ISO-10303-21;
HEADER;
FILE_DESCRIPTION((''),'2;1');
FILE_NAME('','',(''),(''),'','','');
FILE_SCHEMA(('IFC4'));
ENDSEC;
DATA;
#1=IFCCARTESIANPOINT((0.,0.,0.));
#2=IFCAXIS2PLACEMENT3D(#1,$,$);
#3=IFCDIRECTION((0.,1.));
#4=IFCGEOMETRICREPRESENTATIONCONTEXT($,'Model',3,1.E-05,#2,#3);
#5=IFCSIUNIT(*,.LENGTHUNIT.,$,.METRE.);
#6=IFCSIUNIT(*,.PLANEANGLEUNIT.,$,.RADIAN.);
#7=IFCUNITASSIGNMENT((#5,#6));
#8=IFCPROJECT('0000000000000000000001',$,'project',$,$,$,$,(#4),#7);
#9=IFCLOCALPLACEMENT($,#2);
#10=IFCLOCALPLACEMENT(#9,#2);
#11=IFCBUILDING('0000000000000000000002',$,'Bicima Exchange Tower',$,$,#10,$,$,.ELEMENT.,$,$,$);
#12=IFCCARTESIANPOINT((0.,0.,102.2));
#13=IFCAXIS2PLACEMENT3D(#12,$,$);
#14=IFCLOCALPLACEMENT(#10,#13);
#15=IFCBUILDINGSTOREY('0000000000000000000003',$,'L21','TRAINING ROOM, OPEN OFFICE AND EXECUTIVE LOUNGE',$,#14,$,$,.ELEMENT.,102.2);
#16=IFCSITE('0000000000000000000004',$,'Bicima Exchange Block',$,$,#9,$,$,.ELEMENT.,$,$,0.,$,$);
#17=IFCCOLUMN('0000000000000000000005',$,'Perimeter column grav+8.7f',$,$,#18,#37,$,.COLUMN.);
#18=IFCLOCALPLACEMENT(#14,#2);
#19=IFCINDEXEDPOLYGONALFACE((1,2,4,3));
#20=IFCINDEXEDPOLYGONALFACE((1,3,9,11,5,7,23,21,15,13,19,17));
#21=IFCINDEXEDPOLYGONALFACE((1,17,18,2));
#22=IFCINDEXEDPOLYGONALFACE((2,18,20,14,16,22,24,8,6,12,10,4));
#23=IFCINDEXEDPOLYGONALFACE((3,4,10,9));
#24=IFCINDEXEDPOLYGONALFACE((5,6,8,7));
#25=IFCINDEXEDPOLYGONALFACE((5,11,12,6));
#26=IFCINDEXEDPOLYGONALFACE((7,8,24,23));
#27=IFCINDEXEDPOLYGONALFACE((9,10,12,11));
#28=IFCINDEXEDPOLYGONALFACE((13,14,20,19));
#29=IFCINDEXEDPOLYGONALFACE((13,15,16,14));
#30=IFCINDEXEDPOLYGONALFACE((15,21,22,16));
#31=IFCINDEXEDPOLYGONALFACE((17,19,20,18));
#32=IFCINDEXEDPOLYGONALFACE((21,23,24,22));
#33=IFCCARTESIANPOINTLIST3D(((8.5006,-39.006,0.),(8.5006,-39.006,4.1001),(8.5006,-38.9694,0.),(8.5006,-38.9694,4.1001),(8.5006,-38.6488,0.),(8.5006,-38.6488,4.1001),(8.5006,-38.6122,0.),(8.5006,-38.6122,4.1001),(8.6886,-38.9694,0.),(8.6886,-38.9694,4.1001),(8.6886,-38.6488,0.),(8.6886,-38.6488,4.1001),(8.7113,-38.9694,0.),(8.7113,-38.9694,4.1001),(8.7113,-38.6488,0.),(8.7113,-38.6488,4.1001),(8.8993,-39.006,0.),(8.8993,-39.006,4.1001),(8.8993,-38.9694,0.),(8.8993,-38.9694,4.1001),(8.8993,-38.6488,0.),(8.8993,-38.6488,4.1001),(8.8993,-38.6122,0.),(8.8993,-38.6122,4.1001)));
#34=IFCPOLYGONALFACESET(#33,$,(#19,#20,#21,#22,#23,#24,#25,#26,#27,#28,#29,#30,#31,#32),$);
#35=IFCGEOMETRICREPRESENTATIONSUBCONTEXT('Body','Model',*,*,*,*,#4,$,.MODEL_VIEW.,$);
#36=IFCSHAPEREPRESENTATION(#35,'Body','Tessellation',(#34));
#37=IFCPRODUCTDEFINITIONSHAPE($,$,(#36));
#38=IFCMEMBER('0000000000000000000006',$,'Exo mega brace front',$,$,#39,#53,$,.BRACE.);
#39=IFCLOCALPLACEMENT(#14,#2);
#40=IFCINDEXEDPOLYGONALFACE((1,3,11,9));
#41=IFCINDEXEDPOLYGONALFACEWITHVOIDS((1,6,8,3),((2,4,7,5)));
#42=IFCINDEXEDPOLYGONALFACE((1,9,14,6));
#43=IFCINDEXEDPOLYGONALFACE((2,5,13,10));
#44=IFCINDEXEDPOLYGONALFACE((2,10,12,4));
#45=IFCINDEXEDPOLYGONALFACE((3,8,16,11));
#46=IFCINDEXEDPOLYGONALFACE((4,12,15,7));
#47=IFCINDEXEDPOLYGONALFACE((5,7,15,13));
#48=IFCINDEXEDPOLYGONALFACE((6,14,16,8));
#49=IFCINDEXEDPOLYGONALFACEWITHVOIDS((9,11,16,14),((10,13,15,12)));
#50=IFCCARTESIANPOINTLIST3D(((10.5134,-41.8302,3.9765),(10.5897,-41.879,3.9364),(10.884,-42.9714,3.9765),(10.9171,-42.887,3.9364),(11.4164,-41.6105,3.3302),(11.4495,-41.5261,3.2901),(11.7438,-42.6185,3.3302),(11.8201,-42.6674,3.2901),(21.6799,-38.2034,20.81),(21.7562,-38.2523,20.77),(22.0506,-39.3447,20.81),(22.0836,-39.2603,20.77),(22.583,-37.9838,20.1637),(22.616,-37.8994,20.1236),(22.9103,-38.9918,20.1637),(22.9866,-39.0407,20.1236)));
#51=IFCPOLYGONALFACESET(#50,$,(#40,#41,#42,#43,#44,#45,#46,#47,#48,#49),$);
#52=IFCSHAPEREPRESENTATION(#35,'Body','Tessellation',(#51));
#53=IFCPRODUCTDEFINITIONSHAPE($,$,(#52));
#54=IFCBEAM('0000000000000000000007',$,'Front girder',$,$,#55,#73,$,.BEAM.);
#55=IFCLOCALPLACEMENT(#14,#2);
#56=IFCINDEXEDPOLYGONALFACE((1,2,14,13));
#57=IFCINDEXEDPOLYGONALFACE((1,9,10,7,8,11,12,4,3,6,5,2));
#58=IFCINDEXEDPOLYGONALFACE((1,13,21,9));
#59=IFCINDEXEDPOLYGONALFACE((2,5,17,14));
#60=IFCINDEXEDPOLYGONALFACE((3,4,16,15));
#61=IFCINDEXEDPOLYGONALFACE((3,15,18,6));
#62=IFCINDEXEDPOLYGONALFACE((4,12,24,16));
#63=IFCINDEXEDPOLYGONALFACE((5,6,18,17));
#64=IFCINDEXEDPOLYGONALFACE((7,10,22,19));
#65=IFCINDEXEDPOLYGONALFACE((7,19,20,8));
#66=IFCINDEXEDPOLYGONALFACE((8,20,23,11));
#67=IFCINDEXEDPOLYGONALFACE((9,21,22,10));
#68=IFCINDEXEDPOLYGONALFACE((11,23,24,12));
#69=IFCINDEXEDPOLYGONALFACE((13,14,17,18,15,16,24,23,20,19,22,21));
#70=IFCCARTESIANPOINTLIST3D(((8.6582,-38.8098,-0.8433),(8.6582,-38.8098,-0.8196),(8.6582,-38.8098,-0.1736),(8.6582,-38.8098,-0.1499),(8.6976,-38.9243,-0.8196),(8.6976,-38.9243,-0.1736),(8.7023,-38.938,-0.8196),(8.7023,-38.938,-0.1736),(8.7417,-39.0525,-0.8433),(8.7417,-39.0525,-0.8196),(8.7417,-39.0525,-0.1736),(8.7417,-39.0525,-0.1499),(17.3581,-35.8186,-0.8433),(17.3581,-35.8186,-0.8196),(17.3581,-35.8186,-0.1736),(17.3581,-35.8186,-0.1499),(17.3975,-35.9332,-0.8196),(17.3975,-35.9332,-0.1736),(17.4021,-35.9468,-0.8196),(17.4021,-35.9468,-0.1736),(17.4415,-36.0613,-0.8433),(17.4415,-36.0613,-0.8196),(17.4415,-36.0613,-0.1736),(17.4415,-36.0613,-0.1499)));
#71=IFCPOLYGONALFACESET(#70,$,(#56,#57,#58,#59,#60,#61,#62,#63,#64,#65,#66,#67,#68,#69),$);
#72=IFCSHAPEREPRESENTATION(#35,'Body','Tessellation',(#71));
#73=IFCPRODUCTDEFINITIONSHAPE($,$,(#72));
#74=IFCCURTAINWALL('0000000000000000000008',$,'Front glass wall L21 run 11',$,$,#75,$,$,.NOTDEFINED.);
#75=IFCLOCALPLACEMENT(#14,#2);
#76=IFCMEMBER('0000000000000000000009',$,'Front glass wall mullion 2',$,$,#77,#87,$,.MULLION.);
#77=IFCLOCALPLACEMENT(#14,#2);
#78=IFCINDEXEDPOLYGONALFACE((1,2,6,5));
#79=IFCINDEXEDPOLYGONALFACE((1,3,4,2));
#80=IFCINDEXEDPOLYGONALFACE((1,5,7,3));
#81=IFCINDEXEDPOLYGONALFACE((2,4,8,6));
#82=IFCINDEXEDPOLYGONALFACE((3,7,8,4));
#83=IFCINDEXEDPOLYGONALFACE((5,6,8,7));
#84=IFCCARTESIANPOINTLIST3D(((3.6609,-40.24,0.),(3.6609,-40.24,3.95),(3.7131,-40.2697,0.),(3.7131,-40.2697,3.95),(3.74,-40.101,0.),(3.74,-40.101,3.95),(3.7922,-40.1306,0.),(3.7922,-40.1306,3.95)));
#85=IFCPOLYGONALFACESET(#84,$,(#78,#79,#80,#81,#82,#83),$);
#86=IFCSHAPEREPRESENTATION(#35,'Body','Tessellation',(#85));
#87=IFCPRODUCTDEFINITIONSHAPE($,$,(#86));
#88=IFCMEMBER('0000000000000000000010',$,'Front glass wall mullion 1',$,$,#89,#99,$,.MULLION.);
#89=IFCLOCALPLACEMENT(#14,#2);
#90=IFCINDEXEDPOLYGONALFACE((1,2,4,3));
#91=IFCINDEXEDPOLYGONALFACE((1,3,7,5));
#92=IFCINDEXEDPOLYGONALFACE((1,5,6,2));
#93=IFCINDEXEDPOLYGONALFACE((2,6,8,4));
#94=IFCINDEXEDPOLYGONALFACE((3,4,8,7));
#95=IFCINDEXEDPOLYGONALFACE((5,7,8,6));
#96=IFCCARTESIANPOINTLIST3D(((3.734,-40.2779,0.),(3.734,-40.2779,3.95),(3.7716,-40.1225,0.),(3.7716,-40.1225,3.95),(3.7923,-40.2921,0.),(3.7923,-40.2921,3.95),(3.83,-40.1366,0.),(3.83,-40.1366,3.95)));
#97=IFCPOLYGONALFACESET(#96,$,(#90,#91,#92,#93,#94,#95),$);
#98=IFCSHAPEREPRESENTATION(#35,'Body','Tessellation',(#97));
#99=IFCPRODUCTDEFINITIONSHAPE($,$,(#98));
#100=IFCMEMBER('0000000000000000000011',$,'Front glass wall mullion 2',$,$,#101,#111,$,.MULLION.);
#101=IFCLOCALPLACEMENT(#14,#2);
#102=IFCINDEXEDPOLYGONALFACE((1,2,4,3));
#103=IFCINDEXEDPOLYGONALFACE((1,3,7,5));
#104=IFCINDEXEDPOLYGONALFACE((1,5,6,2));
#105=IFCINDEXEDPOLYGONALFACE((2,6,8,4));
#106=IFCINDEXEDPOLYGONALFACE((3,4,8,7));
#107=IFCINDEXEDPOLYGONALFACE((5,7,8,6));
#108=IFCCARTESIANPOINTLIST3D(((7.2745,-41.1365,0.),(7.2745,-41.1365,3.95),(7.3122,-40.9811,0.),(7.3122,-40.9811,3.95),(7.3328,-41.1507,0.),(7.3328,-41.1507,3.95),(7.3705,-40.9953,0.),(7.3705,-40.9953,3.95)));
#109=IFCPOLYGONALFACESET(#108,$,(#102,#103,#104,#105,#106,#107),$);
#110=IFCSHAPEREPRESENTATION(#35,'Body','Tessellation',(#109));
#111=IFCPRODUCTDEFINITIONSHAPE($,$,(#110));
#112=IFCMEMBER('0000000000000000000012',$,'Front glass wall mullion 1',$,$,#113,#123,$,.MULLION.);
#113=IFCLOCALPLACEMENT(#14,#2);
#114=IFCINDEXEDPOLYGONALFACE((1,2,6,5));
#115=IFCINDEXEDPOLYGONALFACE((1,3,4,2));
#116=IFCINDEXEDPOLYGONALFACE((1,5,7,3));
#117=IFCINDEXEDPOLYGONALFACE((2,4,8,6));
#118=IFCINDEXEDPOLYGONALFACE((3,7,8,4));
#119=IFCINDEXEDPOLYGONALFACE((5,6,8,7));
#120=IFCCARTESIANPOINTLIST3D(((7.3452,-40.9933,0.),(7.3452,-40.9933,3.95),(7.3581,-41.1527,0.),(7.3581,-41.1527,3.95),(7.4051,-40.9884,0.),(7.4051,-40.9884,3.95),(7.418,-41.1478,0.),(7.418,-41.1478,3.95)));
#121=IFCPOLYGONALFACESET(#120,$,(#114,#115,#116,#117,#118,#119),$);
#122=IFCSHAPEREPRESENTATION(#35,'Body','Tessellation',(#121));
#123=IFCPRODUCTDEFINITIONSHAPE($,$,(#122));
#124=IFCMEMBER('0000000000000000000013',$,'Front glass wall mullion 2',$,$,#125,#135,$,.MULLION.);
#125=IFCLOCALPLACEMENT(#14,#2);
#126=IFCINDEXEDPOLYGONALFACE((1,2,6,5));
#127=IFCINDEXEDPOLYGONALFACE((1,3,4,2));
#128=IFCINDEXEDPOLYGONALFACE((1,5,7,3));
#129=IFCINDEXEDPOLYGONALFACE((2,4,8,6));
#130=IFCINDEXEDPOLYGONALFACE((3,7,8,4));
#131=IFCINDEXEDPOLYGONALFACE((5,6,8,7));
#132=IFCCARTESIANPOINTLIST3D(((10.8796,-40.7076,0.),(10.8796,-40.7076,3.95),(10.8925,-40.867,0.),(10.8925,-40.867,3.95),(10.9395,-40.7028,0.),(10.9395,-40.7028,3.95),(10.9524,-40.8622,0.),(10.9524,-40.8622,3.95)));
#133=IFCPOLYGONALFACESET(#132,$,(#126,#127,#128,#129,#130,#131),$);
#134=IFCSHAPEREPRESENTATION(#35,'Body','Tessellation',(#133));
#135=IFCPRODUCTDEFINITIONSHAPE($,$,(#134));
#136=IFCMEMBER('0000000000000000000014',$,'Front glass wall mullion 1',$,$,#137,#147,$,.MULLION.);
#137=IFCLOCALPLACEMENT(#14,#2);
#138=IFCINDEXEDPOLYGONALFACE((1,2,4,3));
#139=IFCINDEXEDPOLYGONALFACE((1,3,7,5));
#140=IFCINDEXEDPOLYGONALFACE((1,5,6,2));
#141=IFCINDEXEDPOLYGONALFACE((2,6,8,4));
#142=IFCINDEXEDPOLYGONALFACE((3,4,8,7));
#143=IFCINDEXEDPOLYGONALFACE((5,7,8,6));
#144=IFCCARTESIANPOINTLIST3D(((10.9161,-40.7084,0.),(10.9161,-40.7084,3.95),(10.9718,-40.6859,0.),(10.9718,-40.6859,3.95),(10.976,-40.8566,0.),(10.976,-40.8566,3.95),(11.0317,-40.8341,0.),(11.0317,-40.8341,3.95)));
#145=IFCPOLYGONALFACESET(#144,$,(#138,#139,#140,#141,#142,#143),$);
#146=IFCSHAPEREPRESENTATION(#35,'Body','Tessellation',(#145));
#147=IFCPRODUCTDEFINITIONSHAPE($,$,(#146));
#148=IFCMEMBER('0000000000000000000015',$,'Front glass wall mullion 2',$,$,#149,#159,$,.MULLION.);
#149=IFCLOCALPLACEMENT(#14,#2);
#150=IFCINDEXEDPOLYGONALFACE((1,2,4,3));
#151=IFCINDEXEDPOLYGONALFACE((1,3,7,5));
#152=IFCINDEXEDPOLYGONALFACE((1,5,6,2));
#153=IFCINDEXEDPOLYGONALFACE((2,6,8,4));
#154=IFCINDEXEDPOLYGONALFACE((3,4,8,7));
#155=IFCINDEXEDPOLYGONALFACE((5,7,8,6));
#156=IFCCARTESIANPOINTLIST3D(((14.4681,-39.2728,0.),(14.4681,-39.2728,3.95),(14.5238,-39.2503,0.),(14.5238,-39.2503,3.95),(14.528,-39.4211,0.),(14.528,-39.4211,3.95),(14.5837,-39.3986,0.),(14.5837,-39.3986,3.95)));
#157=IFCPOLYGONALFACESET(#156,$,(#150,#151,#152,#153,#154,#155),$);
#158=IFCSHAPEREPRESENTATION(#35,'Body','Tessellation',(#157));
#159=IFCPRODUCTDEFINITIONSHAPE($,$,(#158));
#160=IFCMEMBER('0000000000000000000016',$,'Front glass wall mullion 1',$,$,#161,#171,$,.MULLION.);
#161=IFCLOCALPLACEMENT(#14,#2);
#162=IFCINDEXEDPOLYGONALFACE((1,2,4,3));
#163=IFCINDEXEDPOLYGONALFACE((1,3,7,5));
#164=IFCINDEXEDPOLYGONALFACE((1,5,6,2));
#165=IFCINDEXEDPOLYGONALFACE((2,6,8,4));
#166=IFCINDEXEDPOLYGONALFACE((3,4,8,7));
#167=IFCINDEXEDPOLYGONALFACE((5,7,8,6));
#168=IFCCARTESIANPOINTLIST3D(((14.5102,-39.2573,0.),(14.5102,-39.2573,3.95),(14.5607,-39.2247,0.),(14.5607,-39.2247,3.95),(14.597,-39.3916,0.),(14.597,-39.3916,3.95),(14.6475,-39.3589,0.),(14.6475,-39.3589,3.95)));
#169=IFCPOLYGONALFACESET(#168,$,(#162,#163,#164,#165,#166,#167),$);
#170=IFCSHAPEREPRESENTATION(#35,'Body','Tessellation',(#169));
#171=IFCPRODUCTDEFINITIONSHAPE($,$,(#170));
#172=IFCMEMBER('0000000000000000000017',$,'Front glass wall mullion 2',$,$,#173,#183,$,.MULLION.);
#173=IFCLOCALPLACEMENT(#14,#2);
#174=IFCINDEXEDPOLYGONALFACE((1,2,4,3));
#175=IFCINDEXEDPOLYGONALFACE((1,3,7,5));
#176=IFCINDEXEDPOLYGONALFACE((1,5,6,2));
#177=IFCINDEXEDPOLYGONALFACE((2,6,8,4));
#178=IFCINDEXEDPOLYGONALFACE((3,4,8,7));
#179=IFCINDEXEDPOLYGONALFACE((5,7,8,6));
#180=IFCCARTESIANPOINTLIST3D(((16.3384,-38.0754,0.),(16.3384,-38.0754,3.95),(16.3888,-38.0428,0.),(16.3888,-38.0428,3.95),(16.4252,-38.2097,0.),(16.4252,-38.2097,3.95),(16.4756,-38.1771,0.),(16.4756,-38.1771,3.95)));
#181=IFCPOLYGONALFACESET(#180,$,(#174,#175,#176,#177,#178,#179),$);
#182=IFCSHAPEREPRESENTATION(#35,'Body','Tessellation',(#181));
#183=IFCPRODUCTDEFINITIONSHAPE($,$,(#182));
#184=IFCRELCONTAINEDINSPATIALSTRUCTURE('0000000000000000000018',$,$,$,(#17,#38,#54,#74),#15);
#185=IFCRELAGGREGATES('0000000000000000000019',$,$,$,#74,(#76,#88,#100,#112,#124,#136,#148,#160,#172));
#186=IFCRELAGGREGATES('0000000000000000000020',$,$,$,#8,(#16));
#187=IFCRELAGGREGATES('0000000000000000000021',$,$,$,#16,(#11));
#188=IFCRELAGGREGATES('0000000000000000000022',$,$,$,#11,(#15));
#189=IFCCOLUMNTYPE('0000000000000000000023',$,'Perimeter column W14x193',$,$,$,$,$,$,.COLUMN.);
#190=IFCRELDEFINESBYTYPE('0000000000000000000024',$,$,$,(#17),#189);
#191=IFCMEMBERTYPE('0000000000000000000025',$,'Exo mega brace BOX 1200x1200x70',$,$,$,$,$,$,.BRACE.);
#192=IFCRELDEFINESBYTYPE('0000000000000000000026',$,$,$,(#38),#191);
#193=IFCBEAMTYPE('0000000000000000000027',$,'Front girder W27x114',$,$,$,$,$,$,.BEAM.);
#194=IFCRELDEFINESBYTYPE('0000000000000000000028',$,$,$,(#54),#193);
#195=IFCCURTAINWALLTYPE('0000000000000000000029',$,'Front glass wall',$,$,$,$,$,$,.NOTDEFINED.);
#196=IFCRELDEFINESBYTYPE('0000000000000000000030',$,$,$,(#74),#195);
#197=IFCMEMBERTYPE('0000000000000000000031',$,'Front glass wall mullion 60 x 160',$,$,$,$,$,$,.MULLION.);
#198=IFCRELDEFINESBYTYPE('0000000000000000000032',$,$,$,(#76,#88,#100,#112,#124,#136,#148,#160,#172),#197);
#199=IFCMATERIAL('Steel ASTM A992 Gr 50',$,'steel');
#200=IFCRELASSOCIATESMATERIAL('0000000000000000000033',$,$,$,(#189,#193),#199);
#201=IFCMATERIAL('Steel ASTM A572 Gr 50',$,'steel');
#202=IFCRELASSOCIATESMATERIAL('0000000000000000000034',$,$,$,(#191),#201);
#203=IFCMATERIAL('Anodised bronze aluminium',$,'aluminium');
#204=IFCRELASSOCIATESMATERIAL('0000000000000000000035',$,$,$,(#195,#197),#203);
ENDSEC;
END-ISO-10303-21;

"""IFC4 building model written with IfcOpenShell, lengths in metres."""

from ifc_helpers import new_model, si_unit, direction, frame, origin, origin_2d, place, context, subcontext, project, spatial, rectangle, hollow_rectangle, i_section, extrude, material, material_profile, profile_set, type_object, element, aggregate, save


model = new_model("IFC4")

# Units and contexts
model_context = context("Model", 3, precision=1e-05, world=origin(), true_north=direction((0.0, 1.0)))
body_context = subcontext(model_context, "Body", "Model", "MODEL_VIEW")
ifc_project = project(units=[si_unit("LENGTHUNIT", "METRE"), si_unit("PLANEANGLEUNIT", "RADIAN")], contexts=[model_context])

# Site, building, storey
site_placement = place(None, origin())
site = spatial("IfcSite", under=ifc_project, at=site_placement, Name="Bicima Exchange Block", CompositionType="ELEMENT", RefElevation=0.0)
building_placement = place(site_placement, origin())
building = spatial("IfcBuilding", under=site, at=building_placement, Name="Bicima Exchange Tower", CompositionType="ELEMENT")
storey_placement = place(building_placement, frame((0.0, 0.0, 102.2)))
storey = spatial("IfcBuildingStorey", under=building, at=storey_placement, Name="L21", Description="TRAINING ROOM, OPEN OFFICE AND EXECUTIVE LOUNGE", CompositionType="ELEMENT", Elevation=102.2)

# Column
ifc_material_1 = material(Name="Steel ASTM A992 Gr 50", Category="steel")
ifc_material_profile_1 = material_profile(ifc_material_1, i_section(OverallWidth=0.3987, OverallDepth=0.3938, WebThickness=0.0227, FlangeThickness=0.0366, at=origin_2d()))
ifc_profile_set_1 = profile_set([ifc_material_profile_1], Name="Steel ASTM A992 Gr 50")
column_type = type_object("IfcColumnType", Name="Perimeter column W14x193", PredefinedType="COLUMN", material=ifc_profile_set_1)
column_placement = place(storey_placement, frame((8.7, -38.8091, 0.0), z_axis=(0.0, 0.0, 1.0), x_axis=(1.0, 0.0, 0.0)))
element("IfcColumn", 1, at=column_placement, inside=storey, type_object=column_type, Name="Perimeter column grav+8.7f", PredefinedType="COLUMN", context=body_context, shape_type="SweptSolid", body=[
    extrude(i_section(OverallWidth=0.3987, OverallDepth=0.3938, WebThickness=0.0227, FlangeThickness=0.0366, at=origin_2d()), origin(), (0.0, 0.0, 1.0), 4.1001),
])

# Member
ifc_material_2 = material(Name="Steel ASTM A572 Gr 50", Category="steel")
ifc_material_profile_2 = material_profile(ifc_material_2, hollow_rectangle(XDim=1.2, YDim=1.2, WallThickness=0.0701, at=origin_2d()))
ifc_profile_set_2 = profile_set([ifc_material_profile_2], Name="Steel ASTM A572 Gr 50")
member_type_1 = type_object("IfcMemberType", Name="Exo mega brace BOX 1200x1200x70", PredefinedType="BRACE", material=ifc_profile_set_2)
member_1_placement = place(storey_placement, frame((11.1667, -42.2488, 3.6333), z_axis=(0.544086, 0.176711, 0.820209), x_axis=(-0.308901, 0.951094, 0.0)))
element("IfcMember", 2, at=member_1_placement, inside=storey, type_object=member_type_1, Name="Exo mega brace front", PredefinedType="BRACE", context=body_context, shape_type="SweptSolid", body=[
    extrude(hollow_rectangle(XDim=1.2, YDim=1.2, WallThickness=0.0701, at=origin_2d()), origin(), (0.0, 0.0, 1.0), 20.5234),
])

# Beam
ifc_material_profile_3 = material_profile(ifc_material_1, i_section(OverallWidth=0.2566, OverallDepth=0.6934, WebThickness=0.0144, FlangeThickness=0.0237, at=origin_2d()))
ifc_profile_set_3 = profile_set([ifc_material_profile_3], Name="Steel ASTM A992 Gr 50")
beam_type = type_object("IfcBeamType", Name="Front girder W27x114", PredefinedType="BEAM", material=ifc_profile_set_3)
beam_placement = place(storey_placement, frame((8.7, -38.9312, -0.4966), z_axis=(0.945666, 0.325138, 0.0), x_axis=(-0.325138, 0.945666, 0.0)))
element("IfcBeam", 3, at=beam_placement, inside=storey, type_object=beam_type, Name="Front girder", PredefinedType="BEAM", context=body_context, shape_type="SweptSolid", body=[
    extrude(i_section(OverallWidth=0.2566, OverallDepth=0.6934, WebThickness=0.0144, FlangeThickness=0.0237, at=origin_2d()), origin(), (0.0, 0.0, 1.0), 9.1997),
])

# Curtain wall, members
ifc_material_3 = material(Name="Anodised bronze aluminium", Category="aluminium")
curtain_wall_type = type_object("IfcCurtainWallType", Name="Front glass wall", PredefinedType="NOTDEFINED", material=ifc_material_3)
curtain_wall_1_placement = place(storey_placement, origin())
curtain_wall_1 = element("IfcCurtainWall", 4, at=curtain_wall_1_placement, inside=storey, type_object=curtain_wall_type, Name="Front glass wall L21 run 11", PredefinedType="NOTDEFINED")
ifc_material_profile_4 = material_profile(ifc_material_3, rectangle(XDim=0.1599, YDim=0.0601, at=origin_2d()))
ifc_profile_set_4 = profile_set([ifc_material_profile_4], Name="Anodised bronze aluminium")
member_type_2 = type_object("IfcMemberType", Name="Front glass wall mullion 60 x 160", PredefinedType="MULLION", material=ifc_profile_set_4)
member_2_placement = place(storey_placement, frame((3.7266, -40.1853, 0.0), z_axis=(0.0, 0.0, 1.0), x_axis=(0.49433, 0.869274, 0.0)))
member_2 = element("IfcMember", 5, at=member_2_placement, type_object=member_type_2, Name="Front glass wall mullion 2", PredefinedType="MULLION", context=body_context, shape_type="SweptSolid", body=[
    extrude(rectangle(XDim=0.1599, YDim=0.0601, at=origin_2d()), origin(), (0.0, 0.0, 1.0), 3.95),
])
member_3_placement = place(storey_placement, frame((3.782, -40.2073, 0.0), z_axis=(0.0, 0.0, 1.0), x_axis=(0.235682, 0.97183, 0.0)))
member_3 = element("IfcMember", 6, at=member_3_placement, type_object=member_type_2, Name="Front glass wall mullion 1", PredefinedType="MULLION", context=body_context, shape_type="SweptSolid", body=[
    extrude(rectangle(XDim=0.1599, YDim=0.0601, at=origin_2d()), origin(), (0.0, 0.0, 1.0), 3.95),
])
member_4_placement = place(storey_placement, frame((7.3225, -41.0659, 0.0), z_axis=(0.0, 0.0, 1.0), x_axis=(0.235682, 0.97183, 0.0)))
member_4 = element("IfcMember", 7, at=member_4_placement, type_object=member_type_2, Name="Front glass wall mullion 2", PredefinedType="MULLION", context=body_context, shape_type="SweptSolid", body=[
    extrude(rectangle(XDim=0.1599, YDim=0.0601, at=origin_2d()), origin(), (0.0, 0.0, 1.0), 3.95),
])
member_5_placement = place(storey_placement, frame((7.3816, -41.0706, 0.0), z_axis=(0.0, 0.0, 1.0), x_axis=(-0.080589, 0.996747, 0.0)))
member_5 = element("IfcMember", 8, at=member_5_placement, type_object=member_type_2, Name="Front glass wall mullion 1", PredefinedType="MULLION", context=body_context, shape_type="SweptSolid", body=[
    extrude(rectangle(XDim=0.1599, YDim=0.0601, at=origin_2d()), origin(), (0.0, 0.0, 1.0), 3.95),
])
member_6_placement = place(storey_placement, frame((10.916, -40.7849, 0.0), z_axis=(0.0, 0.0, 1.0), x_axis=(-0.080589, 0.996747, 0.0)))
member_6 = element("IfcMember", 9, at=member_6_placement, type_object=member_type_2, Name="Front glass wall mullion 2", PredefinedType="MULLION", context=body_context, shape_type="SweptSolid", body=[
    extrude(rectangle(XDim=0.1599, YDim=0.0601, at=origin_2d()), origin(), (0.0, 0.0, 1.0), 3.95),
])
member_7_placement = place(storey_placement, frame((10.9739, -40.7712, 0.0), z_axis=(0.0, 0.0, 1.0), x_axis=(-0.374705, 0.927144, 0.0)))
member_7 = element("IfcMember", 10, at=member_7_placement, type_object=member_type_2, Name="Front glass wall mullion 1", PredefinedType="MULLION", context=body_context, shape_type="SweptSolid", body=[
    extrude(rectangle(XDim=0.1599, YDim=0.0601, at=origin_2d()), origin(), (0.0, 0.0, 1.0), 3.95),
])
member_8_placement = place(storey_placement, frame((14.5259, -39.3357, 0.0), z_axis=(0.0, 0.0, 1.0), x_axis=(-0.374705, 0.927144, 0.0)))
member_8 = element("IfcMember", 11, at=member_8_placement, type_object=member_type_2, Name="Front glass wall mullion 2", PredefinedType="MULLION", context=body_context, shape_type="SweptSolid", body=[
    extrude(rectangle(XDim=0.1599, YDim=0.0601, at=origin_2d()), origin(), (0.0, 0.0, 1.0), 3.95),
])
member_9_placement = place(storey_placement, frame((14.5789, -39.3081, 0.0), z_axis=(0.0, 0.0, 1.0), x_axis=(-0.542909, 0.839791, 0.0)))
member_9 = element("IfcMember", 12, at=member_9_placement, type_object=member_type_2, Name="Front glass wall mullion 1", PredefinedType="MULLION", context=body_context, shape_type="SweptSolid", body=[
    extrude(rectangle(XDim=0.1599, YDim=0.0601, at=origin_2d()), origin(), (0.0, 0.0, 1.0), 3.95),
])
member_10_placement = place(storey_placement, frame((16.407, -38.1262, 0.0), z_axis=(0.0, 0.0, 1.0), x_axis=(-0.542909, 0.839791, 0.0)))
member_10 = element("IfcMember", 13, at=member_10_placement, type_object=member_type_2, Name="Front glass wall mullion 2", PredefinedType="MULLION", context=body_context, shape_type="SweptSolid", body=[
    extrude(rectangle(XDim=0.1599, YDim=0.0601, at=origin_2d()), origin(), (0.0, 0.0, 1.0), 3.95),
])

aggregate(curtain_wall_1, [member_2, member_3, member_4, member_5, member_6, member_7, member_8, member_9, member_10])

save(model, "model.ifc")
